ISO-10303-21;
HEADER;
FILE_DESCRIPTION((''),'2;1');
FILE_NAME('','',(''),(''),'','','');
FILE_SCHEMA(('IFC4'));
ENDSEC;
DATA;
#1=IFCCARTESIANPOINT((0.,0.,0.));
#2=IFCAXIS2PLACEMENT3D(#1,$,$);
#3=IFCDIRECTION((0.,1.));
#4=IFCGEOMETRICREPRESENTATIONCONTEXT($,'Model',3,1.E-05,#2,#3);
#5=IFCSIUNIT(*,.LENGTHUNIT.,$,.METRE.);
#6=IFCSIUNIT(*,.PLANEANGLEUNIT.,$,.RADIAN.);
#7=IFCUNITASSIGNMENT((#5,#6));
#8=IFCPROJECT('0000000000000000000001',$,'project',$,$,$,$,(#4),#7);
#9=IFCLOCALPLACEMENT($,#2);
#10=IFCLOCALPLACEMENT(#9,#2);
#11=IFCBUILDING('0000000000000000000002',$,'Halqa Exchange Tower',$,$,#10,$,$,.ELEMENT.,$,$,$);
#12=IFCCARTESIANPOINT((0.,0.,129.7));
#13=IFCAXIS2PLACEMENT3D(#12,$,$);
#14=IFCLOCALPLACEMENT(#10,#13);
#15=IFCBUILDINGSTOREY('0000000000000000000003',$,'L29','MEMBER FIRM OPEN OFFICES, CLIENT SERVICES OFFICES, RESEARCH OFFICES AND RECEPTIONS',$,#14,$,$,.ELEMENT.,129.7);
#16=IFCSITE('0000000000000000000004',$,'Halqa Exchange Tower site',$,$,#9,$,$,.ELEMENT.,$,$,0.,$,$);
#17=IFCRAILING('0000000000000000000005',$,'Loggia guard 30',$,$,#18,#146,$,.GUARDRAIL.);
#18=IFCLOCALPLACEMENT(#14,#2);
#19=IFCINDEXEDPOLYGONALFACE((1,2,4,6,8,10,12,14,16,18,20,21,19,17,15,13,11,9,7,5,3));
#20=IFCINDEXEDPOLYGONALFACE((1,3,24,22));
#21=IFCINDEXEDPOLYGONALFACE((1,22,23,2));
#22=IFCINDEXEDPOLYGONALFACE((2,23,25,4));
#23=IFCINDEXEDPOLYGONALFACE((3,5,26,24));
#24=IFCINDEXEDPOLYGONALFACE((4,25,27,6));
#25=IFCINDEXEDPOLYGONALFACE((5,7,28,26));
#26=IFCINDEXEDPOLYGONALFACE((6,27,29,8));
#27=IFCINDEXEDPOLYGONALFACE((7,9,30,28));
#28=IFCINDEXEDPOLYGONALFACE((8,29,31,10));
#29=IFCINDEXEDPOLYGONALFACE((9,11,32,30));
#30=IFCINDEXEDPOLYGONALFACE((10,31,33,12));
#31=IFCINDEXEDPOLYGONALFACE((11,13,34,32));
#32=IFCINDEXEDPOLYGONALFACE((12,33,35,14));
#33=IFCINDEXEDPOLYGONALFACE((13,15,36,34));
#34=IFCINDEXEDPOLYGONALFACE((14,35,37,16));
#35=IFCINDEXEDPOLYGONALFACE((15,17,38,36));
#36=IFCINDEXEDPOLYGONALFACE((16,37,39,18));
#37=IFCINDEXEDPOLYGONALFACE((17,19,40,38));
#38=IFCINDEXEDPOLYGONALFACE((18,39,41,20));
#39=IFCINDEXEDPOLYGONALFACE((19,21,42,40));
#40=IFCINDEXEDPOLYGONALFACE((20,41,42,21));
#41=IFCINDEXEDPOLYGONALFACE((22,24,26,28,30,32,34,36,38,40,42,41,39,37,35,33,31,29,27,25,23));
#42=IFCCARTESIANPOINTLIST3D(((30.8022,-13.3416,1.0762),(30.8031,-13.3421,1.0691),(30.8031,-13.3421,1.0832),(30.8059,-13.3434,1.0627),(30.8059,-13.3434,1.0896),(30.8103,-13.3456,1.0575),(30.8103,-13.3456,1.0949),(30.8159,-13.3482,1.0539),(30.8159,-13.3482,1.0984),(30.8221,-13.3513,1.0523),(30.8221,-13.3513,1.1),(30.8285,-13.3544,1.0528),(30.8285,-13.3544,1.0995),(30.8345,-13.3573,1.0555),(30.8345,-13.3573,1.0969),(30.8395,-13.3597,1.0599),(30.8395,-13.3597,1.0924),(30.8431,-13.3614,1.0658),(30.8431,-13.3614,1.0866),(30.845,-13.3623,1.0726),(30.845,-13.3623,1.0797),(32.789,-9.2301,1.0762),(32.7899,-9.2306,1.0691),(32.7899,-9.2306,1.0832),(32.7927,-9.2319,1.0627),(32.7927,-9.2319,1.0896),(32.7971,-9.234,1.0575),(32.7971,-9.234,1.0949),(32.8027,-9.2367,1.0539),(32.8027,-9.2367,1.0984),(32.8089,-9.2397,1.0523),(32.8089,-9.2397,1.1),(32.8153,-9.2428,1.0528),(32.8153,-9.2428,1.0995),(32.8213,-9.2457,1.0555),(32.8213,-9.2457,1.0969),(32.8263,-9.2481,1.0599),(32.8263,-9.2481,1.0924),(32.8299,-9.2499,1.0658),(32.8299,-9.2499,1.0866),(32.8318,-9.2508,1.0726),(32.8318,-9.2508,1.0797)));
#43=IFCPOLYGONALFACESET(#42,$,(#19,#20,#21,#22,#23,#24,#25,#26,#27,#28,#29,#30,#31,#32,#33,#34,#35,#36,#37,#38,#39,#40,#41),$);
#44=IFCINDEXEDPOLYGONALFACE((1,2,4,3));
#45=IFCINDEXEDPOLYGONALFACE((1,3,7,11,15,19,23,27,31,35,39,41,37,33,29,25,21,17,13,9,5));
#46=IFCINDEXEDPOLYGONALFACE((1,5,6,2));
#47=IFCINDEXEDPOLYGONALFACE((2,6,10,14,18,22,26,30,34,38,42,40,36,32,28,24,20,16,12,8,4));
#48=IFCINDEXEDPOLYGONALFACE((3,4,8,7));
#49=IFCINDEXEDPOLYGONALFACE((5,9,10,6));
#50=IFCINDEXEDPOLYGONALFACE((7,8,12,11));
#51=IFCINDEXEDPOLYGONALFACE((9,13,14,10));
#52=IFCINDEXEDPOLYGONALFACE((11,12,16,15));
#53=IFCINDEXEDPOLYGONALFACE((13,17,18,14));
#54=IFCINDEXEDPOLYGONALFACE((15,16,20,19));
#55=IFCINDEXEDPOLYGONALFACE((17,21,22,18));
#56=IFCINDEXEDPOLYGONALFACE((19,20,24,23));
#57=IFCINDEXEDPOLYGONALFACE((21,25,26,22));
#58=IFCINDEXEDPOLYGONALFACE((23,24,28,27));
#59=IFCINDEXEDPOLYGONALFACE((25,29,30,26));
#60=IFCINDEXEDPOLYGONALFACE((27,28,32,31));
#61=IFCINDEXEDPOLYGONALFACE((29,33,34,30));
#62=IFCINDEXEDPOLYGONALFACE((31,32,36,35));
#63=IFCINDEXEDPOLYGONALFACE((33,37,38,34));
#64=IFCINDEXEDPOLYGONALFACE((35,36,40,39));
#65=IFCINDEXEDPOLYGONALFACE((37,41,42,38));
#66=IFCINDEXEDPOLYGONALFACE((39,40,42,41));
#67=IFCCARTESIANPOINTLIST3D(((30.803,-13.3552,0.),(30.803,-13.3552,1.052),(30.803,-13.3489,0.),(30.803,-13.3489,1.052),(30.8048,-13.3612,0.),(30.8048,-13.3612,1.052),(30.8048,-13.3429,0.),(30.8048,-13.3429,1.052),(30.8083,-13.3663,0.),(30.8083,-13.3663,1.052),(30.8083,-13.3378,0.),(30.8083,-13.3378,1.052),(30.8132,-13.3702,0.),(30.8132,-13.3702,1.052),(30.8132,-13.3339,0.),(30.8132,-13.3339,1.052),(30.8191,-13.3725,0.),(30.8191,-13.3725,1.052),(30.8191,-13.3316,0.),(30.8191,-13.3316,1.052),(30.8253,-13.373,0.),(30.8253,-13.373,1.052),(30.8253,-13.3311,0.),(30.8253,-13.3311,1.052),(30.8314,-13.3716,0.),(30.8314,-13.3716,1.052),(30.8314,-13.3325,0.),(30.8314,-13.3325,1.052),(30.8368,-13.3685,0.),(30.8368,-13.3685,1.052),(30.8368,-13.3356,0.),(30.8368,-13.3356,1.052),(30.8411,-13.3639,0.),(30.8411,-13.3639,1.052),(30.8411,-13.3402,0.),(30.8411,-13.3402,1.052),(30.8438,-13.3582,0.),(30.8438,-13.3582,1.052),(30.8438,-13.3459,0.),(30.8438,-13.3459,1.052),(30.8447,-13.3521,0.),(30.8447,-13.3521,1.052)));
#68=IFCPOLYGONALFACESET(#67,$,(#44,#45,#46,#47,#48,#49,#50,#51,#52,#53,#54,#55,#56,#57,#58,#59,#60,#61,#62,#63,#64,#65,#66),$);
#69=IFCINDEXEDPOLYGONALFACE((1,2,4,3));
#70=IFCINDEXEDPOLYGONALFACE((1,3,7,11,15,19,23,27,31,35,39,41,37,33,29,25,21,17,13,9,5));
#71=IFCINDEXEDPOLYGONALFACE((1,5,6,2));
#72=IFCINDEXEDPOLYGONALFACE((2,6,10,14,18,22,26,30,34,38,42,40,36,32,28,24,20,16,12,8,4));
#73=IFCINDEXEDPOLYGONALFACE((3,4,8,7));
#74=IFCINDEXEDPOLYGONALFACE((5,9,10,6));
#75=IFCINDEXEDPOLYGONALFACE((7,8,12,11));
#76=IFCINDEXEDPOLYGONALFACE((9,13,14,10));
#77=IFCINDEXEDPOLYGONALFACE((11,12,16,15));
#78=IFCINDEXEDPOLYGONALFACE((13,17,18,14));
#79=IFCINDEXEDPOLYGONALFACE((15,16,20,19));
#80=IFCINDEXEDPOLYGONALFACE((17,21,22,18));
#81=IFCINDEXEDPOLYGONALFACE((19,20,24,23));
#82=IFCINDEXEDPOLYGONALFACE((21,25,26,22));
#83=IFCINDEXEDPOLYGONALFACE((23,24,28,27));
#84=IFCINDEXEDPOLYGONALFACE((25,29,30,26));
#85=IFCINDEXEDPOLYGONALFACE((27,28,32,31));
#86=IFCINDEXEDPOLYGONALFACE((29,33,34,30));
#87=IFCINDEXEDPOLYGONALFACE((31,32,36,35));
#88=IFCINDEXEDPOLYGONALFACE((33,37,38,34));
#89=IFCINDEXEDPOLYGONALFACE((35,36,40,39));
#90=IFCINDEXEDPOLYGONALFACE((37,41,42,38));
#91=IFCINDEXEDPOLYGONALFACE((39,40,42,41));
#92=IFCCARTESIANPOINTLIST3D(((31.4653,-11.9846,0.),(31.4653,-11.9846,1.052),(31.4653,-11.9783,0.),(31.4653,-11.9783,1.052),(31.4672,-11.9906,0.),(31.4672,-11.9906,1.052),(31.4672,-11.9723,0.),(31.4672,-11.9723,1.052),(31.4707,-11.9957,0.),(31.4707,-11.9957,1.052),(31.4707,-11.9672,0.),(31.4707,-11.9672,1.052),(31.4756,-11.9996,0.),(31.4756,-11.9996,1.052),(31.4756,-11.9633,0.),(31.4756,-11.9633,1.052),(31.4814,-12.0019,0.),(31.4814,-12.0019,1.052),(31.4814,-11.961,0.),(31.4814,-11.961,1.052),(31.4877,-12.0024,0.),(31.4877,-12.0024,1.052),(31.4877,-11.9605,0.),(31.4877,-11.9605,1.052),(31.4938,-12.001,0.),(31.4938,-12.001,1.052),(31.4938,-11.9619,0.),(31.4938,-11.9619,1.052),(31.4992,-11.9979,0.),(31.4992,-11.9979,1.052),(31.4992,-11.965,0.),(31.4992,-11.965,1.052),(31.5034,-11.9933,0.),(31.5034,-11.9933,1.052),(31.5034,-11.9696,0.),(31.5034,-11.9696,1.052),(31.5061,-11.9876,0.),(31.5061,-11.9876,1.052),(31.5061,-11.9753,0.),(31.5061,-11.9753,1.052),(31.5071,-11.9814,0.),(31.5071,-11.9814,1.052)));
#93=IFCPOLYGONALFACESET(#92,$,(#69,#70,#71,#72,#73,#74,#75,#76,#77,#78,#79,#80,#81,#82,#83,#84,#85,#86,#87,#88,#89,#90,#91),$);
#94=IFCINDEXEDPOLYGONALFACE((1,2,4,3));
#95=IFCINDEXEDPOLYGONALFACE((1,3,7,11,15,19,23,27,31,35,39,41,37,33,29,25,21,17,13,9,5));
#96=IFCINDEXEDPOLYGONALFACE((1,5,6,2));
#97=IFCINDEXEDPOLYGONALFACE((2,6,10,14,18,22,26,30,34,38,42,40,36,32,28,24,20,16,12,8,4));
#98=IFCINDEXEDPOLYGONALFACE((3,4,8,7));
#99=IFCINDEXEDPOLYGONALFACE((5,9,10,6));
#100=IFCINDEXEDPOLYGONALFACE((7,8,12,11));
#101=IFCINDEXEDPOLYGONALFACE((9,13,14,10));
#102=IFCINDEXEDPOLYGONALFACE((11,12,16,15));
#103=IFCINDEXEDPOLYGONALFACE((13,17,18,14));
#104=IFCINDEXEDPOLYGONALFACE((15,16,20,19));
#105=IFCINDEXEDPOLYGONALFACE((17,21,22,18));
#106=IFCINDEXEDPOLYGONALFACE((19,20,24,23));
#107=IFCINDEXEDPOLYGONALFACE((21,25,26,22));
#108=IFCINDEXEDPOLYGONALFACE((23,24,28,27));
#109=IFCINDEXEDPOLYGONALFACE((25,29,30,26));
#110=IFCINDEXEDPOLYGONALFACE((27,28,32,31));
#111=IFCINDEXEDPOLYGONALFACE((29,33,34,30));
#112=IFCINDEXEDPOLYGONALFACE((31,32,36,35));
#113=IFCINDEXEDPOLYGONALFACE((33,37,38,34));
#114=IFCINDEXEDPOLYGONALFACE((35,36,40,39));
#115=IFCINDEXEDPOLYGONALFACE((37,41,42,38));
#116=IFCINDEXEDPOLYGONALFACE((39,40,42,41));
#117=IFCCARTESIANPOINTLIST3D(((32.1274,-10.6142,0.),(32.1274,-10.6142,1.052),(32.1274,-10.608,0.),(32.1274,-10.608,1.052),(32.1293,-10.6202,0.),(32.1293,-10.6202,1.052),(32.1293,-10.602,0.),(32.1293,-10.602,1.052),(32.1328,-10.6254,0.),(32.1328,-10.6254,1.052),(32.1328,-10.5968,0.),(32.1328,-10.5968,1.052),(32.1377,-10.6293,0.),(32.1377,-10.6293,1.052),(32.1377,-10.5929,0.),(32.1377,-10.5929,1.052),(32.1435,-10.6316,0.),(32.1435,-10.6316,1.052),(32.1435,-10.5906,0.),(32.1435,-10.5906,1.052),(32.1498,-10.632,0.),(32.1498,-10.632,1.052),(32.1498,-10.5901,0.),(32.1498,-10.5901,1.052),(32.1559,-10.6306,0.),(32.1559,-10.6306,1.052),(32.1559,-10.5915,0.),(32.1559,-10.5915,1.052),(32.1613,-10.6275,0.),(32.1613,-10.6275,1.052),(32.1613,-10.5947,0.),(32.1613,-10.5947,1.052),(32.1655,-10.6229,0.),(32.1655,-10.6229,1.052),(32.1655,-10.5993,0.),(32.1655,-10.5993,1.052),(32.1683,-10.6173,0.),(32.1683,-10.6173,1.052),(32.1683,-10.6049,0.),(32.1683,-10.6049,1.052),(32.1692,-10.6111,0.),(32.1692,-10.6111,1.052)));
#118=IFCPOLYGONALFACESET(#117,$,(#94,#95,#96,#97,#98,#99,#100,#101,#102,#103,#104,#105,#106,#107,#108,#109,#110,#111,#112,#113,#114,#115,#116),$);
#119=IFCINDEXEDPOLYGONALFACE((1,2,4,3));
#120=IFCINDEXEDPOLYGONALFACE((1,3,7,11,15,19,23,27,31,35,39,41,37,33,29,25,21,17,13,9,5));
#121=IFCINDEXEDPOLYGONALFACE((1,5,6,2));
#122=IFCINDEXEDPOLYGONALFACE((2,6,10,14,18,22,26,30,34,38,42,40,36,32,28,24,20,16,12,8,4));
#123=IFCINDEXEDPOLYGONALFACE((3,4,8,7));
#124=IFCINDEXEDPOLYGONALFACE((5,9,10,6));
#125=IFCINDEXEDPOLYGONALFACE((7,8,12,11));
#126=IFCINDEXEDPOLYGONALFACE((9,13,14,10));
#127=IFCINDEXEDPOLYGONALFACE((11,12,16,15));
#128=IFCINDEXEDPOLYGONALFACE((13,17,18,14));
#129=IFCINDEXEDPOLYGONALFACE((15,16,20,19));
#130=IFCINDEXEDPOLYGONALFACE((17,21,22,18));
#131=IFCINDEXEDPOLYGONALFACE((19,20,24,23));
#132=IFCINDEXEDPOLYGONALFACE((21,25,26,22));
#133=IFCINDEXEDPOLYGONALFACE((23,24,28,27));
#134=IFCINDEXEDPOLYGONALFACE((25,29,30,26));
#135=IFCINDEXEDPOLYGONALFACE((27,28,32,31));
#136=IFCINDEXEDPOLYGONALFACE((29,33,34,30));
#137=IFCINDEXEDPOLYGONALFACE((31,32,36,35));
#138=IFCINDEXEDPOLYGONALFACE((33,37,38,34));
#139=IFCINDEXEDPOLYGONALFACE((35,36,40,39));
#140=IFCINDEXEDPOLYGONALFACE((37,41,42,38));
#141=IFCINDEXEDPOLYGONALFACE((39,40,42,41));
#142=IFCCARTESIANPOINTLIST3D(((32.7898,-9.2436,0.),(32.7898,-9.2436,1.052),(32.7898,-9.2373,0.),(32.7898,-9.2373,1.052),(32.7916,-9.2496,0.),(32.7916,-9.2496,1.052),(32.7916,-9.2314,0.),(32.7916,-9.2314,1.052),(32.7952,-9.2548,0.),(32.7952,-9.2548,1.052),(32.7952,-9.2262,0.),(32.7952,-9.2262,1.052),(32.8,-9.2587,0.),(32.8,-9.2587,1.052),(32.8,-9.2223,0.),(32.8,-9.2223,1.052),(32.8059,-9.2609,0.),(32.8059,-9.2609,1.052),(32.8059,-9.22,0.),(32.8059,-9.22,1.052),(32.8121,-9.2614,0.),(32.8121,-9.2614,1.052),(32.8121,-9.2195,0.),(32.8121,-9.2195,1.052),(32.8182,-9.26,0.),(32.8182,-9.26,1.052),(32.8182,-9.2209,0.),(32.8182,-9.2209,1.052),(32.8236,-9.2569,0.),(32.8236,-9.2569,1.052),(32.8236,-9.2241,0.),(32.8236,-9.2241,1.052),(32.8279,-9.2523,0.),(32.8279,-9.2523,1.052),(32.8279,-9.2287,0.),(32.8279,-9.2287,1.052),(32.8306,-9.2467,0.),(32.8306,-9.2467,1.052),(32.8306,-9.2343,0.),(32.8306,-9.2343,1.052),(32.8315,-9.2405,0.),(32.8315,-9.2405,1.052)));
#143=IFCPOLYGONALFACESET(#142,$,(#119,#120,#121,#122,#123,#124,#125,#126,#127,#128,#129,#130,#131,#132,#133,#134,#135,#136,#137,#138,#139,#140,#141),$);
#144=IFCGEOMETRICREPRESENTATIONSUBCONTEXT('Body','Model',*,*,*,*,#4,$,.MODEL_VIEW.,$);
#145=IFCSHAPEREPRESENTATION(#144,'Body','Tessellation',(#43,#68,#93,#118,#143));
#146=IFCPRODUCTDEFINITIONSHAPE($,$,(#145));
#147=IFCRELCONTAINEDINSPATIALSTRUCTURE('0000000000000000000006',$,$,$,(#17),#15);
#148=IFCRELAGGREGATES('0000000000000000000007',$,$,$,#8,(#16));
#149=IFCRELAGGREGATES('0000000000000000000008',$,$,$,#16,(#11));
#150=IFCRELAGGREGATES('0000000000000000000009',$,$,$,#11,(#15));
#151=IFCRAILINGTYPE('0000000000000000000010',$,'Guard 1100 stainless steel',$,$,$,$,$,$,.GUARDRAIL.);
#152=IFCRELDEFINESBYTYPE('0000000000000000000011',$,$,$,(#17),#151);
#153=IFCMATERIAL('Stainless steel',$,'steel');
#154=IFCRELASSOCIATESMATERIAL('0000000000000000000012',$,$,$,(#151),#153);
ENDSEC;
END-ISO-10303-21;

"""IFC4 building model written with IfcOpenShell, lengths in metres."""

from ifc_helpers import new_model, si_unit, direction, frame, origin, origin_2d, place, context, subcontext, project, spatial, circle, extrude, material, type_object, element, save


model = new_model("IFC4")

# Units and contexts
model_context = context("Model", 3, precision=1e-05, world=origin(), true_north=direction((0.0, 1.0)))
body_context = subcontext(model_context, "Body", "Model", "MODEL_VIEW")
ifc_project = project(units=[si_unit("LENGTHUNIT", "METRE"), si_unit("PLANEANGLEUNIT", "RADIAN")], contexts=[model_context])

# Site, building, storey
site_placement = place(None, origin())
site = spatial("IfcSite", under=ifc_project, at=site_placement, Name="Halqa Exchange Tower site", CompositionType="ELEMENT", RefElevation=0.0)
building_placement = place(site_placement, origin())
building = spatial("IfcBuilding", under=site, at=building_placement, Name="Halqa Exchange Tower", CompositionType="ELEMENT")
storey_placement = place(building_placement, frame((0.0, 0.0, 129.7)))
storey = spatial("IfcBuildingStorey", under=building, at=storey_placement, Name="L29", Description="MEMBER FIRM OPEN OFFICES, CLIENT SERVICES OFFICES, RESEARCH OFFICES AND RECEPTIONS", CompositionType="ELEMENT", Elevation=129.7)

# Railing
ifc_material_1 = material(Name="Stainless steel", Category="steel")
railing_type = type_object("IfcRailingType", Name="Guard 1100 stainless steel", PredefinedType="GUARDRAIL", material=ifc_material_1)
railing_1_placement = place(storey_placement, frame((30.8237, -13.3521, 0.0)))
element("IfcRailing", 1, at=railing_1_placement, inside=storey, type_object=railing_type, Name="Loggia guard 30", PredefinedType="GUARDRAIL", context=body_context, shape_type="SweptSolid", body=[
    extrude(circle(Radius=0.0239, at=origin_2d()), frame((0.0, 0.0, 1.0762), z_axis=(0.43509, 0.900387, 0.0), x_axis=(-0.900387, 0.43509, 0.0)), (0.0, 0.0, 1.0), 4.5664),
    extrude(circle(Radius=0.021, at=origin_2d()), origin(), (0.0, 0.0, 1.0), 1.052),
    extrude(circle(Radius=0.021, at=origin_2d()), frame((0.6624, 1.3706, 0.0)), (0.0, 0.0, 1.0), 1.052),
    extrude(circle(Radius=0.021, at=origin_2d()), frame((1.3245, 2.741, 0.0)), (0.0, 0.0, 1.0), 1.052),
    extrude(circle(Radius=0.021, at=origin_2d()), frame((1.9868, 4.1116, 0.0)), (0.0, 0.0, 1.0), 1.052),
])

save(model, "model.ifc")
